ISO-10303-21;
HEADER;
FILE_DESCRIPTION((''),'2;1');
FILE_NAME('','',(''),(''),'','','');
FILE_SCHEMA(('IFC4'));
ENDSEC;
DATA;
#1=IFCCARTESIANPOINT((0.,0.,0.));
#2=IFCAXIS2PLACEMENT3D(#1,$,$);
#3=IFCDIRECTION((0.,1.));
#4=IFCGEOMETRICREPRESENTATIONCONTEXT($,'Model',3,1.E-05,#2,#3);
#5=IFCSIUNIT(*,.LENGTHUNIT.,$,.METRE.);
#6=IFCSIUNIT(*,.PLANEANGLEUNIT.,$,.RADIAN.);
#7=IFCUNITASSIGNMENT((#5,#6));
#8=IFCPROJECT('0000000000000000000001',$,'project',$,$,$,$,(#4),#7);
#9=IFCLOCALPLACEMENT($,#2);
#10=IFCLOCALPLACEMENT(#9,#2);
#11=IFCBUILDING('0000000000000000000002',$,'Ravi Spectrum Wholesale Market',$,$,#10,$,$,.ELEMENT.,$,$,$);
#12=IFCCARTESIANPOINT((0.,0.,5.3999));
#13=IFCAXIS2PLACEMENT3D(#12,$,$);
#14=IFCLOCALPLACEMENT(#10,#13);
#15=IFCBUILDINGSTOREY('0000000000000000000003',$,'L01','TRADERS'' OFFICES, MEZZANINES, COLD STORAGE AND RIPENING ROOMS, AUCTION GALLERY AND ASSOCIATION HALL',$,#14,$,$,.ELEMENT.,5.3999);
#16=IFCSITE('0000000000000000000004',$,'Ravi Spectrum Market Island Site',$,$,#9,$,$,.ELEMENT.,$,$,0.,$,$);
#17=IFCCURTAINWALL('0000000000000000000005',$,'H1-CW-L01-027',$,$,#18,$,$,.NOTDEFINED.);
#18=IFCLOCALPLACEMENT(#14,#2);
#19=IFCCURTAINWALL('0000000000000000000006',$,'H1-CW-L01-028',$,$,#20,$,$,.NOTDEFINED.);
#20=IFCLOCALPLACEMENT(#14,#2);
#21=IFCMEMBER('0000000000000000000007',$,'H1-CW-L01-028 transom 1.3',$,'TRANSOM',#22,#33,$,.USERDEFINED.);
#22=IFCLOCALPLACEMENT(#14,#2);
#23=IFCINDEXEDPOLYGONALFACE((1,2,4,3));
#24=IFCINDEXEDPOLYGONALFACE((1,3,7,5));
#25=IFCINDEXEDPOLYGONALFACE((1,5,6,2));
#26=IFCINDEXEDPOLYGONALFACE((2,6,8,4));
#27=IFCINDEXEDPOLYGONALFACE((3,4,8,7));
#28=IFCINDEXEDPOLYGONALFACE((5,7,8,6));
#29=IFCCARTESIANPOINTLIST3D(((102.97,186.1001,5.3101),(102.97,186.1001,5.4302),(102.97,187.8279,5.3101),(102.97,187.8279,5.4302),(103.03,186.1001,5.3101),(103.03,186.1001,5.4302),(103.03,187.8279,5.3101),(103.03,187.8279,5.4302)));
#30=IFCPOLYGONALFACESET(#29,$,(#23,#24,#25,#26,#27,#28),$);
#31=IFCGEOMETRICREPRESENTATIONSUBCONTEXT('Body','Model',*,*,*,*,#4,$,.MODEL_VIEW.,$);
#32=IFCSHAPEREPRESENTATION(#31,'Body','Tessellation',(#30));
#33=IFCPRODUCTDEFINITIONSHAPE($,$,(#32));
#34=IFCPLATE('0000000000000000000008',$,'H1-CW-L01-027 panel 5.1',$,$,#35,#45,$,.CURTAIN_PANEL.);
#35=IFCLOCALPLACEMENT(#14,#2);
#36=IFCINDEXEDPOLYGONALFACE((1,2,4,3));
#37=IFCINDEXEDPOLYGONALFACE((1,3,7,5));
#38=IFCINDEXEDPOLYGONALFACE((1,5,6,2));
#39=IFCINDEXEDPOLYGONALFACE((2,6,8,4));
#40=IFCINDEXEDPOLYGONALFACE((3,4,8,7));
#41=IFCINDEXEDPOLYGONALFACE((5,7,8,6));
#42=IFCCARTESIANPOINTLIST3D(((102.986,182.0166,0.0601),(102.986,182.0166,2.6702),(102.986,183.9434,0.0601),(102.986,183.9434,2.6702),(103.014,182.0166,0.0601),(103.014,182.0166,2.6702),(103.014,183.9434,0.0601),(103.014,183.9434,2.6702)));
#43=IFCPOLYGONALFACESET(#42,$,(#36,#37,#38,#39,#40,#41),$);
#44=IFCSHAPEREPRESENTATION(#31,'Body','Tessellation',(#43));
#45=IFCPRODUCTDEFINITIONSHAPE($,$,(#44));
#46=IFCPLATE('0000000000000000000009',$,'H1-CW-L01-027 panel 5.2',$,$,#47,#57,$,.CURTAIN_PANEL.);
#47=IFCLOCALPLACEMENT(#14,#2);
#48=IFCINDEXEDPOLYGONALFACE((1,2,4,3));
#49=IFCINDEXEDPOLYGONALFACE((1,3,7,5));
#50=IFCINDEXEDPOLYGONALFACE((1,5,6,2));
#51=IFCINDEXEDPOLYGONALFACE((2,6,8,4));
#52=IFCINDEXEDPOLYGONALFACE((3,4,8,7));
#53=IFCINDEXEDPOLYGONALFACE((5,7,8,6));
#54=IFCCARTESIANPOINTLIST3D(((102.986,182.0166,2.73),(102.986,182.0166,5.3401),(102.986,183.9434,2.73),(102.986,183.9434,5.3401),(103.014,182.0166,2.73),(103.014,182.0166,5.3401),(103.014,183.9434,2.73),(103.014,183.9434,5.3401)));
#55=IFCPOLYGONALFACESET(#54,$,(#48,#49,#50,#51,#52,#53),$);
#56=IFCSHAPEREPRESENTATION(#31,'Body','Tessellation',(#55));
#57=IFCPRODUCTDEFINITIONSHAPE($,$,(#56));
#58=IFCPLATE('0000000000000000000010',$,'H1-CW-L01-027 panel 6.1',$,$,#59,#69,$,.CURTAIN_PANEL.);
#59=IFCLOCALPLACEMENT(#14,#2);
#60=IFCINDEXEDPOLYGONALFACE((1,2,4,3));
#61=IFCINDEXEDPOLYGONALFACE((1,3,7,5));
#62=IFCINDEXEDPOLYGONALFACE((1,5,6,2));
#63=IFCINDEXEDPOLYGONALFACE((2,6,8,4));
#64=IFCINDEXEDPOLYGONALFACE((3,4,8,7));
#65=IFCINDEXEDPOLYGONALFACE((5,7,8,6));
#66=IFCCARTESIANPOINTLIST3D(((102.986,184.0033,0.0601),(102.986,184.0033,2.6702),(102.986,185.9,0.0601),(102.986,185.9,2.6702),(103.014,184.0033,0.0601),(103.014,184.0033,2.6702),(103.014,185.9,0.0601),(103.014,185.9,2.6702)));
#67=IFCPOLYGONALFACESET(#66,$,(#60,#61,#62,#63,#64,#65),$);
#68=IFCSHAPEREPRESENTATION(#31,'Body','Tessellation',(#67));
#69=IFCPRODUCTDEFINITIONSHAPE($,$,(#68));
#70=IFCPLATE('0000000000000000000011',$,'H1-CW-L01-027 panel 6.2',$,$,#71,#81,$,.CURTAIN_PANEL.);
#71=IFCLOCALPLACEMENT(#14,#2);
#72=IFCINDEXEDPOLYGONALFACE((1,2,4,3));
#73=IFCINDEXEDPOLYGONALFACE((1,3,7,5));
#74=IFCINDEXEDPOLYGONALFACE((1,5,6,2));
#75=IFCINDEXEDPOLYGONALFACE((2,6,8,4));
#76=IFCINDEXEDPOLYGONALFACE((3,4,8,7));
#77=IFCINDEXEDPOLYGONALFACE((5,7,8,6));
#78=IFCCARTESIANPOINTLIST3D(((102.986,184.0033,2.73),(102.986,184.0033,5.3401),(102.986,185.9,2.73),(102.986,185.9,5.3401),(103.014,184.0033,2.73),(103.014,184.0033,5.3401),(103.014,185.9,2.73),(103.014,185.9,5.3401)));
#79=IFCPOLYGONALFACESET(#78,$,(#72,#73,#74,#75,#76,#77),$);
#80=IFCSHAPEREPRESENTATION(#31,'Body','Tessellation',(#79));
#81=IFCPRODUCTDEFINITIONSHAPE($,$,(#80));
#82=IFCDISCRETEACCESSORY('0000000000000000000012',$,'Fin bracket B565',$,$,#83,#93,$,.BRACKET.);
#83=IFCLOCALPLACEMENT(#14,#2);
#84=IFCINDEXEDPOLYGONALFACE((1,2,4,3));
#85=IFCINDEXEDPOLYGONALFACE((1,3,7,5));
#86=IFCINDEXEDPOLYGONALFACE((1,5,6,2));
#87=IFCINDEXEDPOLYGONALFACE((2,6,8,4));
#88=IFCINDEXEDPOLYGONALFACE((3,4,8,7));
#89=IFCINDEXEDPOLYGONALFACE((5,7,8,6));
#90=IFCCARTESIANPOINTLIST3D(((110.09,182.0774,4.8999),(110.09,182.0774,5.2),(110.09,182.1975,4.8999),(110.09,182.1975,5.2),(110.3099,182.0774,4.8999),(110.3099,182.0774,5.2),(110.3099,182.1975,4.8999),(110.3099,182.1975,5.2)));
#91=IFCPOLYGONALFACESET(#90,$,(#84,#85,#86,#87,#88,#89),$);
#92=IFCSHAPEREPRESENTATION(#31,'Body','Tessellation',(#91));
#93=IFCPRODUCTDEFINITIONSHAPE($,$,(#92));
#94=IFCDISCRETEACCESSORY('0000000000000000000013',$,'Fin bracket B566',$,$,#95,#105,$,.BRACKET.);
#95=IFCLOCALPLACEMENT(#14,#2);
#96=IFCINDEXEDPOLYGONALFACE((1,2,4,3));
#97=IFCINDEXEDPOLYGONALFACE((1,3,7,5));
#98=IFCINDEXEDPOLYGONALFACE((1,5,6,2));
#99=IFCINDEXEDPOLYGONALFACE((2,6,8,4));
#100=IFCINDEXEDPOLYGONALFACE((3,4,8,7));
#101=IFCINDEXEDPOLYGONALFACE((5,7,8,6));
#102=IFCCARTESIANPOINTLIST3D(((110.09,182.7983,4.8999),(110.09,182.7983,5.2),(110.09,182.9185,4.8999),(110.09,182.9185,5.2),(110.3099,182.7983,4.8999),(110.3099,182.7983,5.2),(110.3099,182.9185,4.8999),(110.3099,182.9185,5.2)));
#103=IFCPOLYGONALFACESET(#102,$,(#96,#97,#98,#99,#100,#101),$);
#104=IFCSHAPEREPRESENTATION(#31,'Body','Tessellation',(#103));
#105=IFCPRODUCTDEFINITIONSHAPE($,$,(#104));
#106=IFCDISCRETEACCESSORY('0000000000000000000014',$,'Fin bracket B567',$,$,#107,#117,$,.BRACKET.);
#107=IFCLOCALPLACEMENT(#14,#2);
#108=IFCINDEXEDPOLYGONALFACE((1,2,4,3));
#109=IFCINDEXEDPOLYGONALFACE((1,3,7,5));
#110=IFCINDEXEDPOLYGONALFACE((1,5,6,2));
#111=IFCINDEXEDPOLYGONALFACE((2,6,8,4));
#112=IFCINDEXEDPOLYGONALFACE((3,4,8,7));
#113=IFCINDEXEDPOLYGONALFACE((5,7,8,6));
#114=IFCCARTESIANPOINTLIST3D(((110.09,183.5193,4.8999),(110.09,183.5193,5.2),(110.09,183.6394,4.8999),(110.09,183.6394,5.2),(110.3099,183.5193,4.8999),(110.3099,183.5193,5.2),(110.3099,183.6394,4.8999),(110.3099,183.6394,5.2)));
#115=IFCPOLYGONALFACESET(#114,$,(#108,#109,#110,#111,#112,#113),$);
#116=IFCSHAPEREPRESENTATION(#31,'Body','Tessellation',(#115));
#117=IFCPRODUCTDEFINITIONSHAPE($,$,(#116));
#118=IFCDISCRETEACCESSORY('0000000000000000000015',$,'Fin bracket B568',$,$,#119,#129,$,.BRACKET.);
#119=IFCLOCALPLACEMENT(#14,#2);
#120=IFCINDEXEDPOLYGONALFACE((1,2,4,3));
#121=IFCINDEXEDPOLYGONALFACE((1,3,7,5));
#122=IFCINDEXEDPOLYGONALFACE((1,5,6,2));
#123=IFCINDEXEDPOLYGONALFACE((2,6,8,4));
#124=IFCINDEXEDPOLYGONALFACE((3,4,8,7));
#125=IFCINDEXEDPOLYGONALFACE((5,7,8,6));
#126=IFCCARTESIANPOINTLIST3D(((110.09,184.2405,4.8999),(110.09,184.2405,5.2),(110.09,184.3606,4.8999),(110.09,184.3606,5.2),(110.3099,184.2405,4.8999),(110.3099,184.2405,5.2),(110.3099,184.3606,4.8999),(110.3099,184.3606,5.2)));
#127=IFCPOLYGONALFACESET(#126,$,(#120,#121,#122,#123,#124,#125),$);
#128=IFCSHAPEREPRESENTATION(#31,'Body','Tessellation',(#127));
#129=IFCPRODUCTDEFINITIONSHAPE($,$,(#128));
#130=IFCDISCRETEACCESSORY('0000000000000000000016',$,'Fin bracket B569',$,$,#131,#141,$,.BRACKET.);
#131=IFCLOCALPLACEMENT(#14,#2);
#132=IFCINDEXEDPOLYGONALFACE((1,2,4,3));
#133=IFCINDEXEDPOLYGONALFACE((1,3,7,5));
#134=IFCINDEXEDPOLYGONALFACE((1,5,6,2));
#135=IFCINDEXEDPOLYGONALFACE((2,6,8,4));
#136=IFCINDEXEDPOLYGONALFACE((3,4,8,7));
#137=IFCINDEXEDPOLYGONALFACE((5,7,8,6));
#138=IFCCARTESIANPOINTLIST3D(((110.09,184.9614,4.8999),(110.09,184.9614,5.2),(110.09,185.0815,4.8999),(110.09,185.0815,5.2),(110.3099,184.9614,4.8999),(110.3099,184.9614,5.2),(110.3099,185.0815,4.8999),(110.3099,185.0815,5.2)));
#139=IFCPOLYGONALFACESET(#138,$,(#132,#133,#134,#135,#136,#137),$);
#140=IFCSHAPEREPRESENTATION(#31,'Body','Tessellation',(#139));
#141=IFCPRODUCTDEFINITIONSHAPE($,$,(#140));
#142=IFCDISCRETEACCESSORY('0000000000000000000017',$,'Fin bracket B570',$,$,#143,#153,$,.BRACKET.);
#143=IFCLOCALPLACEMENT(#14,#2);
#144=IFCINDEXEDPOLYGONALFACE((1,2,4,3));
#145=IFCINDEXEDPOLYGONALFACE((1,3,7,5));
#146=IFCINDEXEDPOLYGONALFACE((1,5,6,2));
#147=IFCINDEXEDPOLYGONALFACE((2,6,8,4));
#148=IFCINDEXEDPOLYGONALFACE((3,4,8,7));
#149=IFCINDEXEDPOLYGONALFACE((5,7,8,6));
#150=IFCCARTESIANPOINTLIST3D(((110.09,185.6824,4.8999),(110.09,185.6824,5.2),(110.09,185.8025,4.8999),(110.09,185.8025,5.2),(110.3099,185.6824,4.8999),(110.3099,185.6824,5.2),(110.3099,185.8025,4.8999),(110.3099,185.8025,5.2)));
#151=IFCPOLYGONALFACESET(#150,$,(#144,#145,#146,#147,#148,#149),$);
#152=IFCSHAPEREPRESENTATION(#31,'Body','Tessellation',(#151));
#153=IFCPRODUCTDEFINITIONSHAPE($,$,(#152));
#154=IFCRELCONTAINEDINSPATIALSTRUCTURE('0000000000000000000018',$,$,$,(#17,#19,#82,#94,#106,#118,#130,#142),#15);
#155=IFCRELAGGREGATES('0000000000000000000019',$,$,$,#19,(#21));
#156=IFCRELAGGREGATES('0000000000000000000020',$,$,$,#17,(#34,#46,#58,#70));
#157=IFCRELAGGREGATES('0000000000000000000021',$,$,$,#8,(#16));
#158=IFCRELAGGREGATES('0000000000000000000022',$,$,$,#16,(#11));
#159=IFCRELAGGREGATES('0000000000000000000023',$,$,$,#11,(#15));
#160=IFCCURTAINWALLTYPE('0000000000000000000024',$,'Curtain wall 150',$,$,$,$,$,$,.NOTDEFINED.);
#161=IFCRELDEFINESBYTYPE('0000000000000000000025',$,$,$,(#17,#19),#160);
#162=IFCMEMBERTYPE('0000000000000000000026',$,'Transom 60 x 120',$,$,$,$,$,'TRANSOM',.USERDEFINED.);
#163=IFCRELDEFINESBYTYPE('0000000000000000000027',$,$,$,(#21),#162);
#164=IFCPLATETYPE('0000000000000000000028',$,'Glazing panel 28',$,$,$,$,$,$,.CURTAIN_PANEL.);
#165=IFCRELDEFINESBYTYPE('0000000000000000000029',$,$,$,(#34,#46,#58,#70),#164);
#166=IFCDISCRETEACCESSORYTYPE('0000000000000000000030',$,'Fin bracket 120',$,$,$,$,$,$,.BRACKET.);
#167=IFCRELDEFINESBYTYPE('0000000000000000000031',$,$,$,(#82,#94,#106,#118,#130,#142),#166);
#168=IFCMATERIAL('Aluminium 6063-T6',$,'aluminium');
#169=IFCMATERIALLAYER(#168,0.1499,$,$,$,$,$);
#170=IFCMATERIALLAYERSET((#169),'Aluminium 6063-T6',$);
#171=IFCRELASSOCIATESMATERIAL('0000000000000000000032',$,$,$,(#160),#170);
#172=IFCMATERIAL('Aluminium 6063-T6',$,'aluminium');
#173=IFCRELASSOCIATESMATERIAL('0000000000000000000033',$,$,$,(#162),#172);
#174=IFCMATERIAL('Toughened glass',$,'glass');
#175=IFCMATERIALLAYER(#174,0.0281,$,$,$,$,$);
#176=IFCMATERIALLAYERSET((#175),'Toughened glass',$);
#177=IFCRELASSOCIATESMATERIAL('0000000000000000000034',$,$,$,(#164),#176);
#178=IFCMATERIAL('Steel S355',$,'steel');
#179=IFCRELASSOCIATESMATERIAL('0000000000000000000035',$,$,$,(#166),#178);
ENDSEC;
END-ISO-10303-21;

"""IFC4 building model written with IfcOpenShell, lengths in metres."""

from ifc_helpers import new_model, si_unit, direction, frame, origin, origin_2d, place, context, subcontext, project, spatial, rectangle, extrude, material, layer, layer_set, material_profile, profile_set, type_object, element, aggregate, save


model = new_model("IFC4")

# Units and contexts
model_context = context("Model", 3, precision=1e-05, world=origin(), true_north=direction((0.0, 1.0)))
body_context = subcontext(model_context, "Body", "Model", "MODEL_VIEW")
ifc_project = project(units=[si_unit("LENGTHUNIT", "METRE"), si_unit("PLANEANGLEUNIT", "RADIAN")], contexts=[model_context])

# Site, building, storey
site_placement = place(None, origin())
site = spatial("IfcSite", under=ifc_project, at=site_placement, Name="Ravi Spectrum Market Island Site", CompositionType="ELEMENT", RefElevation=0.0)
building_placement = place(site_placement, origin())
building = spatial("IfcBuilding", under=site, at=building_placement, Name="Ravi Spectrum Wholesale Market", CompositionType="ELEMENT")
storey_placement = place(building_placement, frame((0.0, 0.0, 5.3999)))
storey = spatial("IfcBuildingStorey", under=building, at=storey_placement, Name="L01", Description="TRADERS' OFFICES, MEZZANINES, COLD STORAGE AND RIPENING ROOMS, AUCTION GALLERY AND ASSOCIATION HALL", CompositionType="ELEMENT", Elevation=5.3999)

# Curtain wall
ifc_material_1 = material(Name="Aluminium 6063-T6", Category="aluminium")
ifc_layer_1 = layer(ifc_material_1, 0.1499)
ifc_layer_set_1 = layer_set([ifc_layer_1], Name="Aluminium 6063-T6")
curtain_wall_type = type_object("IfcCurtainWallType", Name="Curtain wall 150", PredefinedType="NOTDEFINED", material=ifc_layer_set_1)
curtain_wall_1_placement = place(storey_placement, origin())
curtain_wall_1 = element("IfcCurtainWall", 1, at=curtain_wall_1_placement, inside=storey, type_object=curtain_wall_type, Name="H1-CW-L01-027", PredefinedType="NOTDEFINED")

# Curtain wall
curtain_wall_2_placement = place(storey_placement, origin())
curtain_wall_2 = element("IfcCurtainWall", 2, at=curtain_wall_2_placement, inside=storey, type_object=curtain_wall_type, Name="H1-CW-L01-028", PredefinedType="NOTDEFINED")

# Member
ifc_material_2 = material(Name="Aluminium 6063-T6", Category="aluminium")
ifc_material_profile_1 = material_profile(ifc_material_2, rectangle(XDim=0.0601, YDim=0.1201, at=origin_2d()))
ifc_profile_set_1 = profile_set([ifc_material_profile_1], Name="Aluminium 6063-T6")
member_type_1 = type_object("IfcMemberType", Name="Transom 60 x 120", ElementType="TRANSOM", PredefinedType="USERDEFINED", material=ifc_profile_set_1)
member_1_placement = place(storey_placement, frame((103.0, 186.1001, 5.3701), z_axis=(0.0, 1.0, 0.0), x_axis=(-1.0, 0.0, 0.0)))
member_1 = element("IfcMember", 3, at=member_1_placement, type_object=member_type_1, Name="H1-CW-L01-028 transom 1.3", ObjectType="TRANSOM", PredefinedType="USERDEFINED", context=body_context, shape_type="SweptSolid", body=[
    extrude(rectangle(XDim=0.0601, YDim=0.1201, at=origin_2d()), origin(), (0.0, 0.0, 1.0), 1.7278),
])
aggregate(curtain_wall_2, [member_1])

# Plates
ifc_material_3 = material(Name="Toughened glass", Category="glass")
ifc_layer_2 = layer(ifc_material_3, 0.0281)
ifc_layer_set_2 = layer_set([ifc_layer_2], Name="Toughened glass")
plate_type = type_object("IfcPlateType", Name="Glazing panel 28", PredefinedType="CURTAIN_PANEL", material=ifc_layer_set_2)
plate_1_placement = place(storey_placement, frame((103.0, 182.98, 0.0601), z_axis=(0.0, 0.0, 1.0), x_axis=(0.0, 1.0, 0.0)))
plate_1 = element("IfcPlate", 4, at=plate_1_placement, type_object=plate_type, Name="H1-CW-L01-027 panel 5.1", PredefinedType="CURTAIN_PANEL", context=body_context, shape_type="SweptSolid", body=[
    extrude(rectangle(XDim=1.9268, YDim=0.0281, at=origin_2d()), origin(), (0.0, 0.0, 1.0), 2.6101),
])
plate_2_placement = place(storey_placement, frame((103.0, 182.98, 2.73), z_axis=(0.0, 0.0, 1.0), x_axis=(0.0, 1.0, 0.0)))
plate_2 = element("IfcPlate", 5, at=plate_2_placement, type_object=plate_type, Name="H1-CW-L01-027 panel 5.2", PredefinedType="CURTAIN_PANEL", context=body_context, shape_type="SweptSolid", body=[
    extrude(rectangle(XDim=1.9268, YDim=0.0281, at=origin_2d()), origin(), (0.0, 0.0, 1.0), 2.6101),
])
plate_3_placement = place(storey_placement, frame((103.0, 184.9517, 0.0601), z_axis=(0.0, 0.0, 1.0), x_axis=(0.0, 1.0, 0.0)))
plate_3 = element("IfcPlate", 6, at=plate_3_placement, type_object=plate_type, Name="H1-CW-L01-027 panel 6.1", PredefinedType="CURTAIN_PANEL", context=body_context, shape_type="SweptSolid", body=[
    extrude(rectangle(XDim=1.8967, YDim=0.0281, at=origin_2d()), origin(), (0.0, 0.0, 1.0), 2.6101),
])
plate_4_placement = place(storey_placement, frame((103.0, 184.9517, 2.73), z_axis=(0.0, 0.0, 1.0), x_axis=(0.0, 1.0, 0.0)))
plate_4 = element("IfcPlate", 7, at=plate_4_placement, type_object=plate_type, Name="H1-CW-L01-027 panel 6.2", PredefinedType="CURTAIN_PANEL", context=body_context, shape_type="SweptSolid", body=[
    extrude(rectangle(XDim=1.8967, YDim=0.0281, at=origin_2d()), origin(), (0.0, 0.0, 1.0), 2.6101),
])
aggregate(curtain_wall_1, [plate_1, plate_2, plate_3, plate_4])

# Discrete accessories
ifc_material_4 = material(Name="Steel S355", Category="steel")
discrete_accessory_type = type_object("IfcDiscreteAccessoryType", Name="Fin bracket 120", PredefinedType="BRACKET", material=ifc_material_4)
for number, where, z_axis, x_axis, name in (
    (8, (110.2, 182.1375, 4.8999), (0.0, 0.0, 1.0), (0.0, 1.0, 0.0), "Fin bracket B565"),
    (9, (110.2, 182.8584, 4.8999), (0.0, 0.0, 1.0), (0.0, 1.0, 0.0), "Fin bracket B566"),
    (10, (110.2, 183.5793, 4.8999), (0.0, 0.0, 1.0), (0.0, 1.0, 0.0), "Fin bracket B567"),
    (11, (110.2, 184.3005, 4.8999), (0.0, 0.0, 1.0), (0.0, 1.0, 0.0), "Fin bracket B568"),
    (12, (110.2, 185.0215, 4.8999), (0.0, 0.0, 1.0), (0.0, 1.0, 0.0), "Fin bracket B569"),
    (13, (110.2, 185.7424, 4.8999), (0.0, 0.0, 1.0), (0.0, 1.0, 0.0), "Fin bracket B570"),
):
    element("IfcDiscreteAccessory", number, at=place(storey_placement, frame(where, z_axis=z_axis, x_axis=x_axis)), inside=storey, type_object=discrete_accessory_type, Name=name, PredefinedType="BRACKET", context=body_context, shape_type="SweptSolid", body=[
        extrude(rectangle(XDim=0.1201, YDim=0.22, at=origin_2d()), origin(), (0.0, 0.0, 1.0), 0.3),
    ])

save(model, "model.ifc")
